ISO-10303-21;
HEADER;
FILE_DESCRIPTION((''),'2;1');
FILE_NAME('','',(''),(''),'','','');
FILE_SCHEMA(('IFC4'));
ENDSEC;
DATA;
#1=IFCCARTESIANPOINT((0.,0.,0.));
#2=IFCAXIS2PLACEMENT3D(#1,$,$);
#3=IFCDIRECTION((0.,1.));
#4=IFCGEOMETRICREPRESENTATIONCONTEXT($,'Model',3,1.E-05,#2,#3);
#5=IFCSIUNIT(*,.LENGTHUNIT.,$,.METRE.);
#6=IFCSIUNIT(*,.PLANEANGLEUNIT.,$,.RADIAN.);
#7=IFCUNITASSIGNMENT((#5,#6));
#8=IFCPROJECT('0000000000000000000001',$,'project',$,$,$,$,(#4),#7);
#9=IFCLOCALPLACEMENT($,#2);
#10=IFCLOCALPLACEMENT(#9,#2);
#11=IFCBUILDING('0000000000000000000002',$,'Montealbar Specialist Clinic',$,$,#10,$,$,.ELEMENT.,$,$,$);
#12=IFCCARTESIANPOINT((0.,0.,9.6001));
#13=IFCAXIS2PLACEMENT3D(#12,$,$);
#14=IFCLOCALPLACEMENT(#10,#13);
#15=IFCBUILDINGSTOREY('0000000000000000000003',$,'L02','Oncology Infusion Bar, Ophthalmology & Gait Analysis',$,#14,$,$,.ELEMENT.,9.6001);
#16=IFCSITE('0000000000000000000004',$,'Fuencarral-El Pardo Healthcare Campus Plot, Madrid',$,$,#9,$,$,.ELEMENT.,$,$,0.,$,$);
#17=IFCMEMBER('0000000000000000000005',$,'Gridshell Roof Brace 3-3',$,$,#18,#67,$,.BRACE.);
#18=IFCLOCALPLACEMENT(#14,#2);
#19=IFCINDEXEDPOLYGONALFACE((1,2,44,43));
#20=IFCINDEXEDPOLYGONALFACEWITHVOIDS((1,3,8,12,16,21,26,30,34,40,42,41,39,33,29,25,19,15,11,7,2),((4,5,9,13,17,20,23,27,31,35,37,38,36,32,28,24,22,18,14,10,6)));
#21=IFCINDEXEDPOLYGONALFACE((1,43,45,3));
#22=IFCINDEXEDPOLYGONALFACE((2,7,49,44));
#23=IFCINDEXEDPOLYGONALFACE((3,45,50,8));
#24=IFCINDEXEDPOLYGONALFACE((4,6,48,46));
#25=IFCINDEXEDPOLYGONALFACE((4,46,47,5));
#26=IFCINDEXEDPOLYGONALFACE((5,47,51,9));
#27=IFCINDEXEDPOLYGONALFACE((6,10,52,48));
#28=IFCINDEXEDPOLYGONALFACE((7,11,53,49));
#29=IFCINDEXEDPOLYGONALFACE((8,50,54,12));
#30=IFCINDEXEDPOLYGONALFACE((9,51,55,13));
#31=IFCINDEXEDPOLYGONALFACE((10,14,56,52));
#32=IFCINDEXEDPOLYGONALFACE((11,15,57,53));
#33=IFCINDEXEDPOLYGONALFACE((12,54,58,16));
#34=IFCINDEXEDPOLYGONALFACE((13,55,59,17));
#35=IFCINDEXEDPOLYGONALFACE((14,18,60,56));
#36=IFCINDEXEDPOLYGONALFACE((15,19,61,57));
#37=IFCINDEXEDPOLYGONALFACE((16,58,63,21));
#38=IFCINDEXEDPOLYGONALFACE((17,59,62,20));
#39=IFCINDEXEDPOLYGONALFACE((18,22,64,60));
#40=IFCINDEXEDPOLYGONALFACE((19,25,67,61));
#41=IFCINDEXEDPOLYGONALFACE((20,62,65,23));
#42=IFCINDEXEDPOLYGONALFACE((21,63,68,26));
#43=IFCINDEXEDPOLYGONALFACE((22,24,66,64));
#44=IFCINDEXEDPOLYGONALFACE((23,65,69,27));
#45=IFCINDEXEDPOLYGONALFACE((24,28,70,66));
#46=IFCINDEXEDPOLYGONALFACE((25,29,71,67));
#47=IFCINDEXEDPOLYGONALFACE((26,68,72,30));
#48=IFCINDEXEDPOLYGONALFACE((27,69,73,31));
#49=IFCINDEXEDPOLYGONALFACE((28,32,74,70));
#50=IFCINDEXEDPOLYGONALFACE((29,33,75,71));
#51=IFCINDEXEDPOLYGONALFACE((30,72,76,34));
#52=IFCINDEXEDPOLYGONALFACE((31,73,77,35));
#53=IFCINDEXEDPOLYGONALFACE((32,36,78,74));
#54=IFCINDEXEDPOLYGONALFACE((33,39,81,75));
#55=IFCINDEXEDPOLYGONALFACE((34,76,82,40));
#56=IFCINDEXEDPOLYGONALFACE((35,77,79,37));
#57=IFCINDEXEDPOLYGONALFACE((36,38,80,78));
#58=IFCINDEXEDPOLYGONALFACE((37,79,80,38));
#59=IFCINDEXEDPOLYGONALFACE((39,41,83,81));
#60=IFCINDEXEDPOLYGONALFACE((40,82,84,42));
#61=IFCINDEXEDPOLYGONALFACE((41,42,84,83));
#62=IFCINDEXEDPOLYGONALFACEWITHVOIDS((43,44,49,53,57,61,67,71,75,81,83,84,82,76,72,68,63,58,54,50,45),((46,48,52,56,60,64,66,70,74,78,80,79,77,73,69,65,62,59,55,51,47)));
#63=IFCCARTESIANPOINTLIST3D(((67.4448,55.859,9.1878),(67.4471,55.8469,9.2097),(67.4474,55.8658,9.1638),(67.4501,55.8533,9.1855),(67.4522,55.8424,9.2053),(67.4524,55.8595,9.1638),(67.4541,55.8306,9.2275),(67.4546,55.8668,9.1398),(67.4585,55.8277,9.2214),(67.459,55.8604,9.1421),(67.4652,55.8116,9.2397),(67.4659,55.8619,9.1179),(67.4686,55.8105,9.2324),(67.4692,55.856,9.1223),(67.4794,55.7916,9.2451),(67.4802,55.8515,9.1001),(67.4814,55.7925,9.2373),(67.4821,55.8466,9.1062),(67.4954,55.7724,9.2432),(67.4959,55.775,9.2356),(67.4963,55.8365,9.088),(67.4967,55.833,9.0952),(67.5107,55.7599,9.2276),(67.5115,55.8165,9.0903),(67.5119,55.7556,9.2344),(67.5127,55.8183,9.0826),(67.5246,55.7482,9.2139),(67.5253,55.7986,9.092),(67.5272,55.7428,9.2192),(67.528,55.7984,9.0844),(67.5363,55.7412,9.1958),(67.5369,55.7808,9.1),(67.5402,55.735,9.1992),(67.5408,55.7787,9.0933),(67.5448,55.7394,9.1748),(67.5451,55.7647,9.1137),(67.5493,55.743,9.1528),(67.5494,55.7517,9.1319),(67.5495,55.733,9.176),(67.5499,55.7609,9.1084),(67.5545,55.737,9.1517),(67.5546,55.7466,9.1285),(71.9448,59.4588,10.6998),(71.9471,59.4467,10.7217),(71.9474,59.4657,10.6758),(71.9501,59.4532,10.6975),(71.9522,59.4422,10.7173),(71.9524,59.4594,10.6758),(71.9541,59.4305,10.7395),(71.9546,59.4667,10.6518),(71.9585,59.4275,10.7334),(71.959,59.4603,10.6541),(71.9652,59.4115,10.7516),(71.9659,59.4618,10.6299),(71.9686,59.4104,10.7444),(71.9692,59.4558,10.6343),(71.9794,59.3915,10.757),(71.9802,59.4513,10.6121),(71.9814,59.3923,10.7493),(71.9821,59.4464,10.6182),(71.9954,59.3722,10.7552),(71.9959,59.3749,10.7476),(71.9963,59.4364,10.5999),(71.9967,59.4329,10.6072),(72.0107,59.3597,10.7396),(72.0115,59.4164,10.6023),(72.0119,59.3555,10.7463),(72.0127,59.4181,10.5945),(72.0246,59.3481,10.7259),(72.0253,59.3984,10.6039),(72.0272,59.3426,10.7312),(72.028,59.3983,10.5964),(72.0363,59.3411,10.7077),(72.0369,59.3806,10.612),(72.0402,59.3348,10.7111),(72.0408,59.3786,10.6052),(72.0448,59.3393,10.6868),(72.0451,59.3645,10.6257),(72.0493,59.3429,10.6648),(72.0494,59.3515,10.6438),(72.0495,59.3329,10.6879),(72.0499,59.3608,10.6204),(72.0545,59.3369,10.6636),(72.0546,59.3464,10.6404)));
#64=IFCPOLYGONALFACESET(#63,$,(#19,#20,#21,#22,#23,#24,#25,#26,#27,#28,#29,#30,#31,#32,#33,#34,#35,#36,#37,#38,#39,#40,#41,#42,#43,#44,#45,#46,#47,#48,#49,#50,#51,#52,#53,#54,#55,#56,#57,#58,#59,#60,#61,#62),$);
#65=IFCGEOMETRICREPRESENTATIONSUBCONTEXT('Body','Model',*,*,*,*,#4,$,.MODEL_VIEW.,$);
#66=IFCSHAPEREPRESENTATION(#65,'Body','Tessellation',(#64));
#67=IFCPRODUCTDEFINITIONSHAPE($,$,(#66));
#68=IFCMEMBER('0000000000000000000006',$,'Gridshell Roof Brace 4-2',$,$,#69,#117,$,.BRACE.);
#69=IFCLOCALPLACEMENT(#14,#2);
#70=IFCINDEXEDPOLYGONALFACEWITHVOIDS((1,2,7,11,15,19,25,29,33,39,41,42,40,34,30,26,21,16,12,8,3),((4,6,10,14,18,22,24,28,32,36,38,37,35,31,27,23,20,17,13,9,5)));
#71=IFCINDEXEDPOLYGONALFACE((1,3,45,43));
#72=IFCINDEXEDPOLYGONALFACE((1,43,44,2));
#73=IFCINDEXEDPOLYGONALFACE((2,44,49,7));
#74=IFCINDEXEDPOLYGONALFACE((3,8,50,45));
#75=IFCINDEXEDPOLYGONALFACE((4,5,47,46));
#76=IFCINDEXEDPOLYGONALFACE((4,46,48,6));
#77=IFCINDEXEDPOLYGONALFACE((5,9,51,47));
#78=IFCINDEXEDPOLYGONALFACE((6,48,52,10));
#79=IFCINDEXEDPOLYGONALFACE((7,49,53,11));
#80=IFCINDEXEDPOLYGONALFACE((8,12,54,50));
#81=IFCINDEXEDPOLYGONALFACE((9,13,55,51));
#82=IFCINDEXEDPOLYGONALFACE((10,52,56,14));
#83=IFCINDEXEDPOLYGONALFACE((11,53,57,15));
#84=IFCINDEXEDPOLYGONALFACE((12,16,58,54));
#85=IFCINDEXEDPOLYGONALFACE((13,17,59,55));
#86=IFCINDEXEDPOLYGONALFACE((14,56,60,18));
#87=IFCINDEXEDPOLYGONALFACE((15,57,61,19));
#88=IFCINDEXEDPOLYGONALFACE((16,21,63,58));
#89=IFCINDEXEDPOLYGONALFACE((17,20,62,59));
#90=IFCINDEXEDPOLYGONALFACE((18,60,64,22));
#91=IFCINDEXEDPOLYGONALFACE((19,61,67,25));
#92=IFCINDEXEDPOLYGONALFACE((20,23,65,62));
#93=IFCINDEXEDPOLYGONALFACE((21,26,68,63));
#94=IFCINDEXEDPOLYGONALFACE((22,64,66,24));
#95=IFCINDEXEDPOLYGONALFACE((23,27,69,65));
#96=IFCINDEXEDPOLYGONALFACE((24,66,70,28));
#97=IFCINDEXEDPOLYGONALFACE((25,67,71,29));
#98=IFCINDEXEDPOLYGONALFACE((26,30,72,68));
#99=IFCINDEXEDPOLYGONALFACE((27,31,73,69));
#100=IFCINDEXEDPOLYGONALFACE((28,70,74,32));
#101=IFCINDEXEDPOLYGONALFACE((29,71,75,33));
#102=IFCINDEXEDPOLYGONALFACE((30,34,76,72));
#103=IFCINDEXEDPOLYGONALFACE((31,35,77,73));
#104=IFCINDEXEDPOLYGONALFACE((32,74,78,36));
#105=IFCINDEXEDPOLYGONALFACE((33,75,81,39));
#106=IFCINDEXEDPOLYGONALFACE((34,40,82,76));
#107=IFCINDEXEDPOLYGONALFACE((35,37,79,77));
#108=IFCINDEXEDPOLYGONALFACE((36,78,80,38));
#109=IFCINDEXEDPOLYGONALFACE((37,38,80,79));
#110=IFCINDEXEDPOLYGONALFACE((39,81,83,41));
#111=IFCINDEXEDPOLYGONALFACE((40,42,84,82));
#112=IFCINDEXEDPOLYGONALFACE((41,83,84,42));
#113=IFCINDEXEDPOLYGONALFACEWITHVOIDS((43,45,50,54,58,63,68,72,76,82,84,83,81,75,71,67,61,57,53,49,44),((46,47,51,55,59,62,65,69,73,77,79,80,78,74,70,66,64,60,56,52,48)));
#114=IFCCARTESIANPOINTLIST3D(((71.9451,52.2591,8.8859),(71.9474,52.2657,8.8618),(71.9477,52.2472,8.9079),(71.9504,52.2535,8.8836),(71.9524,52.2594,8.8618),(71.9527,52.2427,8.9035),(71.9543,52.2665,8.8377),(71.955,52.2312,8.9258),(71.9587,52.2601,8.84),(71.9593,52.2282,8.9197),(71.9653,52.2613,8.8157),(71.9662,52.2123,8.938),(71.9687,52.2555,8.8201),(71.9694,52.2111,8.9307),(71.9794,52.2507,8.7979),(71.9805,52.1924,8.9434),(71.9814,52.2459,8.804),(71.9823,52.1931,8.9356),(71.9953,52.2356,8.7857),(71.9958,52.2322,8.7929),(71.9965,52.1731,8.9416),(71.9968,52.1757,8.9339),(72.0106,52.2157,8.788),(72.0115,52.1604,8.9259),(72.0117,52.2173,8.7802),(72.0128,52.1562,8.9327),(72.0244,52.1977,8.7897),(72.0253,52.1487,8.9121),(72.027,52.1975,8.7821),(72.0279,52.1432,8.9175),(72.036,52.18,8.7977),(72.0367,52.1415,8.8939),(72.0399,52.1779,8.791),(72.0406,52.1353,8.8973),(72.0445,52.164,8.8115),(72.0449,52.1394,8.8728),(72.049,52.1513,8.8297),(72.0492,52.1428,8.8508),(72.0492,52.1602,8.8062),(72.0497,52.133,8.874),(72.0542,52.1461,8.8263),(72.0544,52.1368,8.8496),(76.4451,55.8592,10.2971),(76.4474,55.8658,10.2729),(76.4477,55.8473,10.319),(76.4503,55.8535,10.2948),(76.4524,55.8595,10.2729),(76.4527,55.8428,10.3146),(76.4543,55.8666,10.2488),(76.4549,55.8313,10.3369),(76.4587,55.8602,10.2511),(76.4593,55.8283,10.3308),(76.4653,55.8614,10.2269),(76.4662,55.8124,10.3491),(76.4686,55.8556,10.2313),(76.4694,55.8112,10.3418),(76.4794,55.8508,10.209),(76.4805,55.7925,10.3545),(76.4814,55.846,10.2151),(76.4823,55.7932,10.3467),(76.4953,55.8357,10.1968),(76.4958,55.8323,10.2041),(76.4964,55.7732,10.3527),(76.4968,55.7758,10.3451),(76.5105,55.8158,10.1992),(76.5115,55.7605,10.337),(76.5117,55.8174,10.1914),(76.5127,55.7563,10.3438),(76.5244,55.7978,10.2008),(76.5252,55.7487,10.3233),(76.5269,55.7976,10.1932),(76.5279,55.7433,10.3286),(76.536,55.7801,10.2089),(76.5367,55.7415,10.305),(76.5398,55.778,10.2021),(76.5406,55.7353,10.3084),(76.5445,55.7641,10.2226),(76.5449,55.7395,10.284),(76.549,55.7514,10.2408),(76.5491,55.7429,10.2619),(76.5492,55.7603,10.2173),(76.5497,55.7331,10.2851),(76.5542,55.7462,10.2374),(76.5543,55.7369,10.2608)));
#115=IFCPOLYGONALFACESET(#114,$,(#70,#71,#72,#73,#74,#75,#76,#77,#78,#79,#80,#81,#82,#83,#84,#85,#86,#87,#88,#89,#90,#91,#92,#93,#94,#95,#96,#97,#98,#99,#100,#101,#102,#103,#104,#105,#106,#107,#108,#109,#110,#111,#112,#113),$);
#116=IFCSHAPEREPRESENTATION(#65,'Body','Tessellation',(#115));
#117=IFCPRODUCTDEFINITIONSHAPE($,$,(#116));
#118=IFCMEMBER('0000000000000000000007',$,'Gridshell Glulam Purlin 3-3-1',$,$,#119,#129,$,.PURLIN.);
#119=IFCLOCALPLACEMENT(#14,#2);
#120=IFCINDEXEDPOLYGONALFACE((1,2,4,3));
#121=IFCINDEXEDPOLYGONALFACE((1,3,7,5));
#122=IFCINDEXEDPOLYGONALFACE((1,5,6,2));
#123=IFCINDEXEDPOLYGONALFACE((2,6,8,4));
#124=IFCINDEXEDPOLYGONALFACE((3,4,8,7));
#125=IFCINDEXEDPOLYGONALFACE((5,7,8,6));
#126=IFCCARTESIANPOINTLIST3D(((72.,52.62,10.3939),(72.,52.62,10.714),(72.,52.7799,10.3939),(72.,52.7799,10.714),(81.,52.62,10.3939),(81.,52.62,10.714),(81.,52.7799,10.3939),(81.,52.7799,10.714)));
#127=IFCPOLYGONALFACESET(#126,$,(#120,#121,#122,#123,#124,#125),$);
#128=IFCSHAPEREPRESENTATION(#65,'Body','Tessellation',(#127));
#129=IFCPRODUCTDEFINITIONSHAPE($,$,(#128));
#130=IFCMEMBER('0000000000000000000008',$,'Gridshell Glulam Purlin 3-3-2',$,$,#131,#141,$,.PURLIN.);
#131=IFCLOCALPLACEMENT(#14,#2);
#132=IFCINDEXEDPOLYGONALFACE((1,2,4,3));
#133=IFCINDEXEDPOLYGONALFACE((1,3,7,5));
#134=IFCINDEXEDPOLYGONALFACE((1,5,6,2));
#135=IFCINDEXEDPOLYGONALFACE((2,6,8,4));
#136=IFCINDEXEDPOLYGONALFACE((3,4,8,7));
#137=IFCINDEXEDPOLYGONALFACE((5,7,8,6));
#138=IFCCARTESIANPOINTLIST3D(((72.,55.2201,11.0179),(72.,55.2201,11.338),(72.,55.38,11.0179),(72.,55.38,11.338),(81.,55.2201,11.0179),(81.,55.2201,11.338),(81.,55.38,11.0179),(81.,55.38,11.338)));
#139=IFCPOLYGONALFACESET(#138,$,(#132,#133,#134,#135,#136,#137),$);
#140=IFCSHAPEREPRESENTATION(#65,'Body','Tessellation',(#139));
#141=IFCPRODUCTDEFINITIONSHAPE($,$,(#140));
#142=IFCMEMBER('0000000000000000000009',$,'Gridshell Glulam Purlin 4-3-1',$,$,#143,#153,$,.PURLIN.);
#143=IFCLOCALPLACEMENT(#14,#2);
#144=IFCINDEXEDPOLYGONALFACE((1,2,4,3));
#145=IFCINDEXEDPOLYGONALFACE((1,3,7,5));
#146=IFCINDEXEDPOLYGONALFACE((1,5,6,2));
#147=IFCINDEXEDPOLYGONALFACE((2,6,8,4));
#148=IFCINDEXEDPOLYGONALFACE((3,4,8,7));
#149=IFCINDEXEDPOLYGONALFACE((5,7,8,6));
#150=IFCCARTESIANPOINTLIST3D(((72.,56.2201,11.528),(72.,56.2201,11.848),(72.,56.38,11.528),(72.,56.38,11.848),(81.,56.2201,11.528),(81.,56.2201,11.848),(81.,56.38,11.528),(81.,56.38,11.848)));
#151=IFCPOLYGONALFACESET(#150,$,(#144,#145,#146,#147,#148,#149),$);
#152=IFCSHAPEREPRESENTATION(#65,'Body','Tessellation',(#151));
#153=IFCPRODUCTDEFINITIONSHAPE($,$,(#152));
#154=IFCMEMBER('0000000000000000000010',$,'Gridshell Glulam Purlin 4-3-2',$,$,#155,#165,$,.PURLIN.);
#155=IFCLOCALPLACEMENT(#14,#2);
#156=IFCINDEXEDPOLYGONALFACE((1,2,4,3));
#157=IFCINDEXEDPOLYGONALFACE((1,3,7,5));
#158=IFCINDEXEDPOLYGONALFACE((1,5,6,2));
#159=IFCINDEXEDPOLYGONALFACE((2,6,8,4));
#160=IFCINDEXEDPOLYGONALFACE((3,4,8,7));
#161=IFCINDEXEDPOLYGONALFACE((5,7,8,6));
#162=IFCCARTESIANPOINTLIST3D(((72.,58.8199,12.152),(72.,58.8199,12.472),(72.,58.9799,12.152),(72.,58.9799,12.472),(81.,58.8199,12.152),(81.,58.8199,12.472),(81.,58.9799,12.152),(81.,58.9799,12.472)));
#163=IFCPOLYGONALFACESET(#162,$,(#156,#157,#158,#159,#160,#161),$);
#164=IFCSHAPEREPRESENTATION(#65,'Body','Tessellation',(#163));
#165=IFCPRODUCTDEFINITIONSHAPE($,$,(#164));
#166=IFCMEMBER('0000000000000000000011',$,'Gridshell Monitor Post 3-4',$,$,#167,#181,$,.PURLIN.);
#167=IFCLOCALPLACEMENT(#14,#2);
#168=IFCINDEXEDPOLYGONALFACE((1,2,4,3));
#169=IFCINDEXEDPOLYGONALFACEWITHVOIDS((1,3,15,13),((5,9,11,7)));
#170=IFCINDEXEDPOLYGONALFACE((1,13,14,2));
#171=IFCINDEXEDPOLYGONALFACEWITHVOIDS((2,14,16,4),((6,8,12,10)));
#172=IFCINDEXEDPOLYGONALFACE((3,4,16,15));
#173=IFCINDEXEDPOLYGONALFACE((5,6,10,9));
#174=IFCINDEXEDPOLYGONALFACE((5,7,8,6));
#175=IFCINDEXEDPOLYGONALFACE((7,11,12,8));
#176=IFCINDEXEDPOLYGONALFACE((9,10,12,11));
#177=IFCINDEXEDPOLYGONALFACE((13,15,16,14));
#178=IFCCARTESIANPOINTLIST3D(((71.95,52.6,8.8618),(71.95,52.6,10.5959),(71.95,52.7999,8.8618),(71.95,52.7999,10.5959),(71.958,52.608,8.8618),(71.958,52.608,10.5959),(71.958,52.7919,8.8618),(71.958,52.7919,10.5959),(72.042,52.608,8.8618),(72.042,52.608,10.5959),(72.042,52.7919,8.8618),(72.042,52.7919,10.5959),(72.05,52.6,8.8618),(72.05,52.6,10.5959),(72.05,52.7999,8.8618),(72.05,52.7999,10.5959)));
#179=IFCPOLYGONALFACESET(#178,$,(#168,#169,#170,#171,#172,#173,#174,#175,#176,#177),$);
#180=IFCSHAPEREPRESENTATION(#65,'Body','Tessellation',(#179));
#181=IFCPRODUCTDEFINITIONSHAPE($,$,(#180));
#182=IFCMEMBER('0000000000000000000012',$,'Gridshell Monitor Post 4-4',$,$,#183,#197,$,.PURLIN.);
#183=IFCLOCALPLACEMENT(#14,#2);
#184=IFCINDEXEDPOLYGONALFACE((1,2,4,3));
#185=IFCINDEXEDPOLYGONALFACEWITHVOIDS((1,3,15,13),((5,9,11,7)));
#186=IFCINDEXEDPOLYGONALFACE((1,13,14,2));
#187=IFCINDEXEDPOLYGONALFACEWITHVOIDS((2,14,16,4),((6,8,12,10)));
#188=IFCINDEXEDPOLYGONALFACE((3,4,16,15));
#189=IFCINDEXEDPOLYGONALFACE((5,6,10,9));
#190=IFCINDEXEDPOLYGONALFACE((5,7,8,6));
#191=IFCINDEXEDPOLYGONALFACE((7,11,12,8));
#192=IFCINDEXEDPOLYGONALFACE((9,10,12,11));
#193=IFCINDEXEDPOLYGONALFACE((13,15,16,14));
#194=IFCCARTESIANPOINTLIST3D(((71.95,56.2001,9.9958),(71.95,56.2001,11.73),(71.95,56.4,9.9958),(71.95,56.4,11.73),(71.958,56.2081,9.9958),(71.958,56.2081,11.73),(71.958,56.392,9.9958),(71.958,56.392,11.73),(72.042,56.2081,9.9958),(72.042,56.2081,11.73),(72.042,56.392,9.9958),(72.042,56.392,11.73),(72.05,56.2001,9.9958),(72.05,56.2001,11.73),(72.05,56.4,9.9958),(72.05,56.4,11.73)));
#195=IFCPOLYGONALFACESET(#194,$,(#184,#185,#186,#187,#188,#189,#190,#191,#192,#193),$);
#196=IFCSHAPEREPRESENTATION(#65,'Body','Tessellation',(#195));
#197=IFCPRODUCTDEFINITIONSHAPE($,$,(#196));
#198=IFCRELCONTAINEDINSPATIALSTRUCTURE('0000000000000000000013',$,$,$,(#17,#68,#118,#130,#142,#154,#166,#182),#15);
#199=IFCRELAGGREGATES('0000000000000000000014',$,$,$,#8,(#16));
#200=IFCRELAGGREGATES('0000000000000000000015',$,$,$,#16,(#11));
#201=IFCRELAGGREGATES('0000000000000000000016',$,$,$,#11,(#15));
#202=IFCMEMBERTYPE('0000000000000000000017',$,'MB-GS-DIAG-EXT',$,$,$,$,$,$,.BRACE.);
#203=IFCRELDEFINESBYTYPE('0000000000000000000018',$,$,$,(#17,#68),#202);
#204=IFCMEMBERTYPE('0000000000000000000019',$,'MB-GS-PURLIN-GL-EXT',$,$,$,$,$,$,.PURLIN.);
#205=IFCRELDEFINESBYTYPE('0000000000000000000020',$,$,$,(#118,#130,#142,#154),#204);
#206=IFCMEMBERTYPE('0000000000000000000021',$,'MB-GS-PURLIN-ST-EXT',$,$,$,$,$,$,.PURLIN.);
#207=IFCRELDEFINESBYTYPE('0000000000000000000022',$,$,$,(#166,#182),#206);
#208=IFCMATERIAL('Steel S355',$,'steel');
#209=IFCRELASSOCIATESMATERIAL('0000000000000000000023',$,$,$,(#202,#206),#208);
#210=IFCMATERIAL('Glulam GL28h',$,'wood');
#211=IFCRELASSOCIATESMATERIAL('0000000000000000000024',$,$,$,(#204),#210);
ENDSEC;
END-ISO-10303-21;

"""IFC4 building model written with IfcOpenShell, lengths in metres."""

from ifc_helpers import new_model, si_unit, direction, frame, origin, origin_2d, place, context, subcontext, project, spatial, rectangle, hollow_rectangle, hollow_circle, extrude, material, material_profile, profile_set, type_object, element, save


model = new_model("IFC4")

# Units and contexts
model_context = context("Model", 3, precision=1e-05, world=origin(), true_north=direction((0.0, 1.0)))
body_context = subcontext(model_context, "Body", "Model", "MODEL_VIEW")
ifc_project = project(units=[si_unit("LENGTHUNIT", "METRE"), si_unit("PLANEANGLEUNIT", "RADIAN")], contexts=[model_context])

# Site, building, storey
site_placement = place(None, origin())
site = spatial("IfcSite", under=ifc_project, at=site_placement, Name="Fuencarral-El Pardo Healthcare Campus Plot, Madrid", CompositionType="ELEMENT", RefElevation=0.0)
building_placement = place(site_placement, origin())
building = spatial("IfcBuilding", under=site, at=building_placement, Name="Montealbar Specialist Clinic", CompositionType="ELEMENT")
storey_placement = place(building_placement, frame((0.0, 0.0, 9.6001)))
storey = spatial("IfcBuildingStorey", under=building, at=storey_placement, Name="L02", Description="Oncology Infusion Bar, Ophthalmology & Gait Analysis", CompositionType="ELEMENT", Elevation=9.6001)

# Shared definitions
ifc_material_1 = material(Name="Steel S355", Category="steel")
ifc_material_2 = material(Name="Glulam GL28h", Category="wood")

# Members
ifc_material_profile_1 = material_profile(ifc_material_1, hollow_circle(Radius=0.0842, WallThickness=0.0081, at=origin_2d()), Name="CHS 168.3x8.0", Category="steel")
ifc_profile_set_1 = profile_set([ifc_material_profile_1], Name="Steel S355")
member_type_1 = type_object("IfcMemberType", Name="MB-GS-DIAG-EXT", PredefinedType="BRACE", material=ifc_profile_set_1)
member_1_placement = place(storey_placement, frame((67.5, 55.8, 9.1638), z_axis=(0.755317, 0.604229, 0.25378), x_axis=(-0.62468, 0.780881, 0.0)))
element("IfcMember", 1, at=member_1_placement, inside=storey, type_object=member_type_1, Name="Gridshell Roof Brace 3-3", PredefinedType="BRACE", context=body_context, shape_type="SweptSolid", body=[
    extrude(hollow_circle(Radius=0.0842, WallThickness=0.0081, at=origin_2d()), origin(), (0.0, 0.0, 1.0), 5.9578),
])
member_2_placement = place(storey_placement, frame((72.0, 52.2, 8.8618), z_axis=(0.758453, 0.606779, 0.23784), x_axis=(-0.624705, 0.780861, 0.0)))
element("IfcMember", 2, at=member_2_placement, inside=storey, type_object=member_type_1, Name="Gridshell Roof Brace 4-2", PredefinedType="BRACE", context=body_context, shape_type="SweptSolid", body=[
    extrude(hollow_circle(Radius=0.0842, WallThickness=0.0081, at=origin_2d()), origin(), (0.0, 0.0, 1.0), 5.9331),
])
ifc_material_profile_2 = material_profile(ifc_material_2, rectangle(XDim=0.1599, YDim=0.3201, at=origin_2d()), Name="GL28h 160x320", Category="wood")
ifc_profile_set_2 = profile_set([ifc_material_profile_2], Name="Glulam GL28h")
member_type_2 = type_object("IfcMemberType", Name="MB-GS-PURLIN-GL-EXT", PredefinedType="PURLIN", material=ifc_profile_set_2)
for number, where, z_axis, x_axis, name in (
    (3, (72.0, 52.7, 10.554), (1.0, 0.0, 0.0), (0.0, 1.0, 0.0), "Gridshell Glulam Purlin 3-3-1"),
    (4, (72.0, 55.3, 11.178), (1.0, 0.0, 0.0), (0.0, 1.0, 0.0), "Gridshell Glulam Purlin 3-3-2"),
    (5, (72.0, 56.3, 11.688), (1.0, 0.0, 0.0), (0.0, 1.0, 0.0), "Gridshell Glulam Purlin 4-3-1"),
    (6, (72.0, 58.8999, 12.312), (1.0, 0.0, 0.0), (0.0, 1.0, 0.0), "Gridshell Glulam Purlin 4-3-2"),
):
    element("IfcMember", number, at=place(storey_placement, frame(where, z_axis=z_axis, x_axis=x_axis)), inside=storey, type_object=member_type_2, Name=name, PredefinedType="PURLIN", context=body_context, shape_type="SweptSolid", body=[
        extrude(rectangle(XDim=0.1599, YDim=0.3201, at=origin_2d()), origin(), (0.0, 0.0, 1.0), 9.0),
    ])
ifc_material_profile_3 = material_profile(ifc_material_1, hollow_rectangle(XDim=0.1001, YDim=0.2, WallThickness=0.0081, at=origin_2d()), Name="RHS 200x100x8", Category="steel")
ifc_profile_set_3 = profile_set([ifc_material_profile_3], Name="Steel S355")
member_type_3 = type_object("IfcMemberType", Name="MB-GS-PURLIN-ST-EXT", PredefinedType="PURLIN", material=ifc_profile_set_3)
for number, where, z_axis, x_axis, name in (
    (7, (72.0, 52.7, 8.8618), (0.0, 0.0, 1.0), (1.0, 0.0, 0.0), "Gridshell Monitor Post 3-4"),
    (8, (72.0, 56.3, 9.9958), (0.0, 0.0, 1.0), (1.0, 0.0, 0.0), "Gridshell Monitor Post 4-4"),
):
    element("IfcMember", number, at=place(storey_placement, frame(where, z_axis=z_axis, x_axis=x_axis)), inside=storey, type_object=member_type_3, Name=name, PredefinedType="PURLIN", context=body_context, shape_type="SweptSolid", body=[
        extrude(hollow_rectangle(XDim=0.1001, YDim=0.2, WallThickness=0.0081, at=origin_2d()), origin(), (0.0, 0.0, 1.0), 1.7341),
    ])

save(model, "model.ifc")
